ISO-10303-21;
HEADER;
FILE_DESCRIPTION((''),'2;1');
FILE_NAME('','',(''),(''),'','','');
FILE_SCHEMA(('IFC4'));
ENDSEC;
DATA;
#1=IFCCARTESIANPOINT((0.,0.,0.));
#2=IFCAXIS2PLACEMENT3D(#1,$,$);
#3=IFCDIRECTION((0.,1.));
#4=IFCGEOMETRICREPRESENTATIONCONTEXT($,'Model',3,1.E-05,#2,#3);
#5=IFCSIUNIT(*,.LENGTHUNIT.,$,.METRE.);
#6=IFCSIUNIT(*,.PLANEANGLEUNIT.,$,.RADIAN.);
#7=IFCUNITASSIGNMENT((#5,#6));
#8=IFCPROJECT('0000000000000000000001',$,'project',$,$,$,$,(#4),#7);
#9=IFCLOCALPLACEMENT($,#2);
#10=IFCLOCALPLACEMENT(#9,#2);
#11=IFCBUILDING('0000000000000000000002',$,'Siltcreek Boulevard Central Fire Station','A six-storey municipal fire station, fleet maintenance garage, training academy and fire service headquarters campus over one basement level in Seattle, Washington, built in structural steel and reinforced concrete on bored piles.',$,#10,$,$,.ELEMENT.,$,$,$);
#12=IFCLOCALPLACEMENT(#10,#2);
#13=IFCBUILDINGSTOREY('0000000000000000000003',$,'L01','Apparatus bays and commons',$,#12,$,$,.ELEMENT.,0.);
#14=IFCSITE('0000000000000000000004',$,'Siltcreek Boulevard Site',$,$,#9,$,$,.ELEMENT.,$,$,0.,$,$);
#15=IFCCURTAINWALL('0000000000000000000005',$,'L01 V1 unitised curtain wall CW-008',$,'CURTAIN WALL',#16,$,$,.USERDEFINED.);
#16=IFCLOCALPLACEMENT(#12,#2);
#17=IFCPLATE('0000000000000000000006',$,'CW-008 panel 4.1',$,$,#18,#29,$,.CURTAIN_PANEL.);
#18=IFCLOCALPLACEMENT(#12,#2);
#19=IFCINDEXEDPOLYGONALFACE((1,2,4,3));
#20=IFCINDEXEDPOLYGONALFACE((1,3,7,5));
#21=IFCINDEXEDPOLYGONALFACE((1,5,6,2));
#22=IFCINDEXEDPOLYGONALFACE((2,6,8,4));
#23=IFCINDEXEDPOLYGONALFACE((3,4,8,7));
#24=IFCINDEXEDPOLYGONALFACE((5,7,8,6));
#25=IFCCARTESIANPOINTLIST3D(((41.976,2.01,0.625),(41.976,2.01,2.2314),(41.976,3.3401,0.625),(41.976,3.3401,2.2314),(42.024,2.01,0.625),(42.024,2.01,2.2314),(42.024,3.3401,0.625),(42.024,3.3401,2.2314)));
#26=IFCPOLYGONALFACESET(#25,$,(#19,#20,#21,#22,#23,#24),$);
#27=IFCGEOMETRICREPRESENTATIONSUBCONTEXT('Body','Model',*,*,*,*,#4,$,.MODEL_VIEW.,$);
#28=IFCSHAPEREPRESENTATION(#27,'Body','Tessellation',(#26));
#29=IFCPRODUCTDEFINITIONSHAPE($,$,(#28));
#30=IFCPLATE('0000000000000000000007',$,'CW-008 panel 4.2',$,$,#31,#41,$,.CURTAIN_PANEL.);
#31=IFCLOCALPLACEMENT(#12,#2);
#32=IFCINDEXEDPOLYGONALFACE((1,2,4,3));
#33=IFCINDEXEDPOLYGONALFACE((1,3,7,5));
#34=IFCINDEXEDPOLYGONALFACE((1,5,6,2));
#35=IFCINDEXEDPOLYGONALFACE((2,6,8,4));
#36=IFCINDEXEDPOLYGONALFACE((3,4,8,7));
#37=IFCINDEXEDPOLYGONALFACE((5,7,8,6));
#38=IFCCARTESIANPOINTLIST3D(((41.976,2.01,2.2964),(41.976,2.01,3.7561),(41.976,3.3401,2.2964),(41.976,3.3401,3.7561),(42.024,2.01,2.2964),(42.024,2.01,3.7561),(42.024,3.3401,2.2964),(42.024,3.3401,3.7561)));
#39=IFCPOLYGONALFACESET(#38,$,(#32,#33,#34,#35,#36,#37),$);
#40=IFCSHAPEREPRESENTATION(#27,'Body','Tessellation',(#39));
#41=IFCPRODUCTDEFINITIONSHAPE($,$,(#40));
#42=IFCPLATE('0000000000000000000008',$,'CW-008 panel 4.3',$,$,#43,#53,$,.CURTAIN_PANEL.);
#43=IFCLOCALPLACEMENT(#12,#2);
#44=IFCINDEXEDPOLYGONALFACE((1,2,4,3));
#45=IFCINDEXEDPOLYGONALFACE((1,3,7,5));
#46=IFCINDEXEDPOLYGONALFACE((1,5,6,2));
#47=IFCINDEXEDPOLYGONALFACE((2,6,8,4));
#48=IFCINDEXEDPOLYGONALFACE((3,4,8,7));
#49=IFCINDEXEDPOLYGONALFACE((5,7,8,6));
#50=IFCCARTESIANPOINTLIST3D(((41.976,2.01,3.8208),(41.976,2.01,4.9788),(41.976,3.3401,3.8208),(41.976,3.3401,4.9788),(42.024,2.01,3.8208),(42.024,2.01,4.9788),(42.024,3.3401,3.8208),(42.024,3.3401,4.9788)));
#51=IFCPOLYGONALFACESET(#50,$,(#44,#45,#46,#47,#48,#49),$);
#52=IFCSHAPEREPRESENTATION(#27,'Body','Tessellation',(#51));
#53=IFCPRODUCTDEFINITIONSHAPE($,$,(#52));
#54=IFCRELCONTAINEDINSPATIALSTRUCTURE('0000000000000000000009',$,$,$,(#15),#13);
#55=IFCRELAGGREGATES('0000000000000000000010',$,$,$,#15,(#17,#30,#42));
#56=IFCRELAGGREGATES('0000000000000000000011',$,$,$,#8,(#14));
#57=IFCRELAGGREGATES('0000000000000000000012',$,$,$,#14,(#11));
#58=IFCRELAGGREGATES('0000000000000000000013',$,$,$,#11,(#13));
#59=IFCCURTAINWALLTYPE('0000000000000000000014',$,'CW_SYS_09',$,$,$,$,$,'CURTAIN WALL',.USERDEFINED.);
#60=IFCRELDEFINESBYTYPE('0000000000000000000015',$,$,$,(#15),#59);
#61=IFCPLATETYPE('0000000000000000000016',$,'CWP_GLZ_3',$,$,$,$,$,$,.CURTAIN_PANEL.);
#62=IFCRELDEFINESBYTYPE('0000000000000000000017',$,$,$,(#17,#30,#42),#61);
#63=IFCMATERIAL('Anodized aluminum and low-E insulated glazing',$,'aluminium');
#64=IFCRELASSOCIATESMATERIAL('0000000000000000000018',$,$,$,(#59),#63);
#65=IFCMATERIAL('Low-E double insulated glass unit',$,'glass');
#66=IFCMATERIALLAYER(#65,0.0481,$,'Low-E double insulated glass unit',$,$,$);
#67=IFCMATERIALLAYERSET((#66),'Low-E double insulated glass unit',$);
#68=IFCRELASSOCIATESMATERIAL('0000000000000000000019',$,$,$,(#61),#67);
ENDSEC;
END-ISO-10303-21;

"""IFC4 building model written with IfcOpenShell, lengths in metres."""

from ifc_helpers import new_model, si_unit, direction, frame, origin, origin_2d, place, context, subcontext, project, spatial, rectangle, extrude, material, layer, layer_set, type_object, element, aggregate, save


model = new_model("IFC4")

# Units and contexts
model_context = context("Model", 3, precision=1e-05, world=origin(), true_north=direction((0.0, 1.0)))
body_context = subcontext(model_context, "Body", "Model", "MODEL_VIEW")
ifc_project = project(units=[si_unit("LENGTHUNIT", "METRE"), si_unit("PLANEANGLEUNIT", "RADIAN")], contexts=[model_context])

# Site, building, storey
site_placement = place(None, origin())
site = spatial("IfcSite", under=ifc_project, at=site_placement, Name="Siltcreek Boulevard Site", CompositionType="ELEMENT", RefElevation=0.0)
building_placement = place(site_placement, origin())
building = spatial("IfcBuilding", under=site, at=building_placement, Name="Siltcreek Boulevard Central Fire Station", Description="A six-storey municipal fire station, fleet maintenance garage, training academy and fire service headquarters campus over one basement level in Seattle, Washington, built in structural steel and reinforced concrete on bored piles.", CompositionType="ELEMENT")
storey_placement = place(building_placement, origin())
storey = spatial("IfcBuildingStorey", under=building, at=storey_placement, Name="L01", Description="Apparatus bays and commons", CompositionType="ELEMENT", Elevation=0.0)

# Curtain wall, plates
ifc_material_1 = material(Name="Anodized aluminum and low-E insulated glazing", Category="aluminium")
curtain_wall_type = type_object("IfcCurtainWallType", Name="CW_SYS_09", ElementType="CURTAIN WALL", PredefinedType="USERDEFINED", material=ifc_material_1)
curtain_wall_placement = place(storey_placement, origin())
curtain_wall = element("IfcCurtainWall", 1, at=curtain_wall_placement, inside=storey, type_object=curtain_wall_type, Name="L01 V1 unitised curtain wall CW-008", ObjectType="CURTAIN WALL", PredefinedType="USERDEFINED")
ifc_material_2 = material(Name="Low-E double insulated glass unit", Category="glass")
ifc_layer = layer(ifc_material_2, 0.0481, Name="Low-E double insulated glass unit")
ifc_layer_set = layer_set([ifc_layer], Name="Low-E double insulated glass unit")
plate_type = type_object("IfcPlateType", Name="CWP_GLZ_3", PredefinedType="CURTAIN_PANEL", material=ifc_layer_set)
plate_1_placement = place(storey_placement, frame((42.0, 2.675, 0.625), z_axis=(0.0, 0.0, 1.0), x_axis=(0.0, -1.0, 0.0)))
plate_1 = element("IfcPlate", 2, at=plate_1_placement, type_object=plate_type, Name="CW-008 panel 4.1", PredefinedType="CURTAIN_PANEL", context=body_context, shape_type="SweptSolid", body=[
    extrude(rectangle(XDim=1.3301, YDim=0.0481, at=origin_2d()), origin(), (0.0, 0.0, 1.0), 1.6064),
])
plate_2_placement = place(storey_placement, frame((42.0, 2.675, 2.2964), z_axis=(0.0, 0.0, 1.0), x_axis=(0.0, -1.0, 0.0)))
plate_2 = element("IfcPlate", 3, at=plate_2_placement, type_object=plate_type, Name="CW-008 panel 4.2", PredefinedType="CURTAIN_PANEL", context=body_context, shape_type="SweptSolid", body=[
    extrude(rectangle(XDim=1.3301, YDim=0.0481, at=origin_2d()), origin(), (0.0, 0.0, 1.0), 1.4597),
])
plate_3_placement = place(storey_placement, frame((42.0, 2.675, 3.8208), z_axis=(0.0, 0.0, 1.0), x_axis=(0.0, -1.0, 0.0)))
plate_3 = element("IfcPlate", 4, at=plate_3_placement, type_object=plate_type, Name="CW-008 panel 4.3", PredefinedType="CURTAIN_PANEL", context=body_context, shape_type="SweptSolid", body=[
    extrude(rectangle(XDim=1.3301, YDim=0.0481, at=origin_2d()), origin(), (0.0, 0.0, 1.0), 1.158),
])
aggregate(curtain_wall, [plate_1, plate_2, plate_3])

save(model, "model.ifc")
